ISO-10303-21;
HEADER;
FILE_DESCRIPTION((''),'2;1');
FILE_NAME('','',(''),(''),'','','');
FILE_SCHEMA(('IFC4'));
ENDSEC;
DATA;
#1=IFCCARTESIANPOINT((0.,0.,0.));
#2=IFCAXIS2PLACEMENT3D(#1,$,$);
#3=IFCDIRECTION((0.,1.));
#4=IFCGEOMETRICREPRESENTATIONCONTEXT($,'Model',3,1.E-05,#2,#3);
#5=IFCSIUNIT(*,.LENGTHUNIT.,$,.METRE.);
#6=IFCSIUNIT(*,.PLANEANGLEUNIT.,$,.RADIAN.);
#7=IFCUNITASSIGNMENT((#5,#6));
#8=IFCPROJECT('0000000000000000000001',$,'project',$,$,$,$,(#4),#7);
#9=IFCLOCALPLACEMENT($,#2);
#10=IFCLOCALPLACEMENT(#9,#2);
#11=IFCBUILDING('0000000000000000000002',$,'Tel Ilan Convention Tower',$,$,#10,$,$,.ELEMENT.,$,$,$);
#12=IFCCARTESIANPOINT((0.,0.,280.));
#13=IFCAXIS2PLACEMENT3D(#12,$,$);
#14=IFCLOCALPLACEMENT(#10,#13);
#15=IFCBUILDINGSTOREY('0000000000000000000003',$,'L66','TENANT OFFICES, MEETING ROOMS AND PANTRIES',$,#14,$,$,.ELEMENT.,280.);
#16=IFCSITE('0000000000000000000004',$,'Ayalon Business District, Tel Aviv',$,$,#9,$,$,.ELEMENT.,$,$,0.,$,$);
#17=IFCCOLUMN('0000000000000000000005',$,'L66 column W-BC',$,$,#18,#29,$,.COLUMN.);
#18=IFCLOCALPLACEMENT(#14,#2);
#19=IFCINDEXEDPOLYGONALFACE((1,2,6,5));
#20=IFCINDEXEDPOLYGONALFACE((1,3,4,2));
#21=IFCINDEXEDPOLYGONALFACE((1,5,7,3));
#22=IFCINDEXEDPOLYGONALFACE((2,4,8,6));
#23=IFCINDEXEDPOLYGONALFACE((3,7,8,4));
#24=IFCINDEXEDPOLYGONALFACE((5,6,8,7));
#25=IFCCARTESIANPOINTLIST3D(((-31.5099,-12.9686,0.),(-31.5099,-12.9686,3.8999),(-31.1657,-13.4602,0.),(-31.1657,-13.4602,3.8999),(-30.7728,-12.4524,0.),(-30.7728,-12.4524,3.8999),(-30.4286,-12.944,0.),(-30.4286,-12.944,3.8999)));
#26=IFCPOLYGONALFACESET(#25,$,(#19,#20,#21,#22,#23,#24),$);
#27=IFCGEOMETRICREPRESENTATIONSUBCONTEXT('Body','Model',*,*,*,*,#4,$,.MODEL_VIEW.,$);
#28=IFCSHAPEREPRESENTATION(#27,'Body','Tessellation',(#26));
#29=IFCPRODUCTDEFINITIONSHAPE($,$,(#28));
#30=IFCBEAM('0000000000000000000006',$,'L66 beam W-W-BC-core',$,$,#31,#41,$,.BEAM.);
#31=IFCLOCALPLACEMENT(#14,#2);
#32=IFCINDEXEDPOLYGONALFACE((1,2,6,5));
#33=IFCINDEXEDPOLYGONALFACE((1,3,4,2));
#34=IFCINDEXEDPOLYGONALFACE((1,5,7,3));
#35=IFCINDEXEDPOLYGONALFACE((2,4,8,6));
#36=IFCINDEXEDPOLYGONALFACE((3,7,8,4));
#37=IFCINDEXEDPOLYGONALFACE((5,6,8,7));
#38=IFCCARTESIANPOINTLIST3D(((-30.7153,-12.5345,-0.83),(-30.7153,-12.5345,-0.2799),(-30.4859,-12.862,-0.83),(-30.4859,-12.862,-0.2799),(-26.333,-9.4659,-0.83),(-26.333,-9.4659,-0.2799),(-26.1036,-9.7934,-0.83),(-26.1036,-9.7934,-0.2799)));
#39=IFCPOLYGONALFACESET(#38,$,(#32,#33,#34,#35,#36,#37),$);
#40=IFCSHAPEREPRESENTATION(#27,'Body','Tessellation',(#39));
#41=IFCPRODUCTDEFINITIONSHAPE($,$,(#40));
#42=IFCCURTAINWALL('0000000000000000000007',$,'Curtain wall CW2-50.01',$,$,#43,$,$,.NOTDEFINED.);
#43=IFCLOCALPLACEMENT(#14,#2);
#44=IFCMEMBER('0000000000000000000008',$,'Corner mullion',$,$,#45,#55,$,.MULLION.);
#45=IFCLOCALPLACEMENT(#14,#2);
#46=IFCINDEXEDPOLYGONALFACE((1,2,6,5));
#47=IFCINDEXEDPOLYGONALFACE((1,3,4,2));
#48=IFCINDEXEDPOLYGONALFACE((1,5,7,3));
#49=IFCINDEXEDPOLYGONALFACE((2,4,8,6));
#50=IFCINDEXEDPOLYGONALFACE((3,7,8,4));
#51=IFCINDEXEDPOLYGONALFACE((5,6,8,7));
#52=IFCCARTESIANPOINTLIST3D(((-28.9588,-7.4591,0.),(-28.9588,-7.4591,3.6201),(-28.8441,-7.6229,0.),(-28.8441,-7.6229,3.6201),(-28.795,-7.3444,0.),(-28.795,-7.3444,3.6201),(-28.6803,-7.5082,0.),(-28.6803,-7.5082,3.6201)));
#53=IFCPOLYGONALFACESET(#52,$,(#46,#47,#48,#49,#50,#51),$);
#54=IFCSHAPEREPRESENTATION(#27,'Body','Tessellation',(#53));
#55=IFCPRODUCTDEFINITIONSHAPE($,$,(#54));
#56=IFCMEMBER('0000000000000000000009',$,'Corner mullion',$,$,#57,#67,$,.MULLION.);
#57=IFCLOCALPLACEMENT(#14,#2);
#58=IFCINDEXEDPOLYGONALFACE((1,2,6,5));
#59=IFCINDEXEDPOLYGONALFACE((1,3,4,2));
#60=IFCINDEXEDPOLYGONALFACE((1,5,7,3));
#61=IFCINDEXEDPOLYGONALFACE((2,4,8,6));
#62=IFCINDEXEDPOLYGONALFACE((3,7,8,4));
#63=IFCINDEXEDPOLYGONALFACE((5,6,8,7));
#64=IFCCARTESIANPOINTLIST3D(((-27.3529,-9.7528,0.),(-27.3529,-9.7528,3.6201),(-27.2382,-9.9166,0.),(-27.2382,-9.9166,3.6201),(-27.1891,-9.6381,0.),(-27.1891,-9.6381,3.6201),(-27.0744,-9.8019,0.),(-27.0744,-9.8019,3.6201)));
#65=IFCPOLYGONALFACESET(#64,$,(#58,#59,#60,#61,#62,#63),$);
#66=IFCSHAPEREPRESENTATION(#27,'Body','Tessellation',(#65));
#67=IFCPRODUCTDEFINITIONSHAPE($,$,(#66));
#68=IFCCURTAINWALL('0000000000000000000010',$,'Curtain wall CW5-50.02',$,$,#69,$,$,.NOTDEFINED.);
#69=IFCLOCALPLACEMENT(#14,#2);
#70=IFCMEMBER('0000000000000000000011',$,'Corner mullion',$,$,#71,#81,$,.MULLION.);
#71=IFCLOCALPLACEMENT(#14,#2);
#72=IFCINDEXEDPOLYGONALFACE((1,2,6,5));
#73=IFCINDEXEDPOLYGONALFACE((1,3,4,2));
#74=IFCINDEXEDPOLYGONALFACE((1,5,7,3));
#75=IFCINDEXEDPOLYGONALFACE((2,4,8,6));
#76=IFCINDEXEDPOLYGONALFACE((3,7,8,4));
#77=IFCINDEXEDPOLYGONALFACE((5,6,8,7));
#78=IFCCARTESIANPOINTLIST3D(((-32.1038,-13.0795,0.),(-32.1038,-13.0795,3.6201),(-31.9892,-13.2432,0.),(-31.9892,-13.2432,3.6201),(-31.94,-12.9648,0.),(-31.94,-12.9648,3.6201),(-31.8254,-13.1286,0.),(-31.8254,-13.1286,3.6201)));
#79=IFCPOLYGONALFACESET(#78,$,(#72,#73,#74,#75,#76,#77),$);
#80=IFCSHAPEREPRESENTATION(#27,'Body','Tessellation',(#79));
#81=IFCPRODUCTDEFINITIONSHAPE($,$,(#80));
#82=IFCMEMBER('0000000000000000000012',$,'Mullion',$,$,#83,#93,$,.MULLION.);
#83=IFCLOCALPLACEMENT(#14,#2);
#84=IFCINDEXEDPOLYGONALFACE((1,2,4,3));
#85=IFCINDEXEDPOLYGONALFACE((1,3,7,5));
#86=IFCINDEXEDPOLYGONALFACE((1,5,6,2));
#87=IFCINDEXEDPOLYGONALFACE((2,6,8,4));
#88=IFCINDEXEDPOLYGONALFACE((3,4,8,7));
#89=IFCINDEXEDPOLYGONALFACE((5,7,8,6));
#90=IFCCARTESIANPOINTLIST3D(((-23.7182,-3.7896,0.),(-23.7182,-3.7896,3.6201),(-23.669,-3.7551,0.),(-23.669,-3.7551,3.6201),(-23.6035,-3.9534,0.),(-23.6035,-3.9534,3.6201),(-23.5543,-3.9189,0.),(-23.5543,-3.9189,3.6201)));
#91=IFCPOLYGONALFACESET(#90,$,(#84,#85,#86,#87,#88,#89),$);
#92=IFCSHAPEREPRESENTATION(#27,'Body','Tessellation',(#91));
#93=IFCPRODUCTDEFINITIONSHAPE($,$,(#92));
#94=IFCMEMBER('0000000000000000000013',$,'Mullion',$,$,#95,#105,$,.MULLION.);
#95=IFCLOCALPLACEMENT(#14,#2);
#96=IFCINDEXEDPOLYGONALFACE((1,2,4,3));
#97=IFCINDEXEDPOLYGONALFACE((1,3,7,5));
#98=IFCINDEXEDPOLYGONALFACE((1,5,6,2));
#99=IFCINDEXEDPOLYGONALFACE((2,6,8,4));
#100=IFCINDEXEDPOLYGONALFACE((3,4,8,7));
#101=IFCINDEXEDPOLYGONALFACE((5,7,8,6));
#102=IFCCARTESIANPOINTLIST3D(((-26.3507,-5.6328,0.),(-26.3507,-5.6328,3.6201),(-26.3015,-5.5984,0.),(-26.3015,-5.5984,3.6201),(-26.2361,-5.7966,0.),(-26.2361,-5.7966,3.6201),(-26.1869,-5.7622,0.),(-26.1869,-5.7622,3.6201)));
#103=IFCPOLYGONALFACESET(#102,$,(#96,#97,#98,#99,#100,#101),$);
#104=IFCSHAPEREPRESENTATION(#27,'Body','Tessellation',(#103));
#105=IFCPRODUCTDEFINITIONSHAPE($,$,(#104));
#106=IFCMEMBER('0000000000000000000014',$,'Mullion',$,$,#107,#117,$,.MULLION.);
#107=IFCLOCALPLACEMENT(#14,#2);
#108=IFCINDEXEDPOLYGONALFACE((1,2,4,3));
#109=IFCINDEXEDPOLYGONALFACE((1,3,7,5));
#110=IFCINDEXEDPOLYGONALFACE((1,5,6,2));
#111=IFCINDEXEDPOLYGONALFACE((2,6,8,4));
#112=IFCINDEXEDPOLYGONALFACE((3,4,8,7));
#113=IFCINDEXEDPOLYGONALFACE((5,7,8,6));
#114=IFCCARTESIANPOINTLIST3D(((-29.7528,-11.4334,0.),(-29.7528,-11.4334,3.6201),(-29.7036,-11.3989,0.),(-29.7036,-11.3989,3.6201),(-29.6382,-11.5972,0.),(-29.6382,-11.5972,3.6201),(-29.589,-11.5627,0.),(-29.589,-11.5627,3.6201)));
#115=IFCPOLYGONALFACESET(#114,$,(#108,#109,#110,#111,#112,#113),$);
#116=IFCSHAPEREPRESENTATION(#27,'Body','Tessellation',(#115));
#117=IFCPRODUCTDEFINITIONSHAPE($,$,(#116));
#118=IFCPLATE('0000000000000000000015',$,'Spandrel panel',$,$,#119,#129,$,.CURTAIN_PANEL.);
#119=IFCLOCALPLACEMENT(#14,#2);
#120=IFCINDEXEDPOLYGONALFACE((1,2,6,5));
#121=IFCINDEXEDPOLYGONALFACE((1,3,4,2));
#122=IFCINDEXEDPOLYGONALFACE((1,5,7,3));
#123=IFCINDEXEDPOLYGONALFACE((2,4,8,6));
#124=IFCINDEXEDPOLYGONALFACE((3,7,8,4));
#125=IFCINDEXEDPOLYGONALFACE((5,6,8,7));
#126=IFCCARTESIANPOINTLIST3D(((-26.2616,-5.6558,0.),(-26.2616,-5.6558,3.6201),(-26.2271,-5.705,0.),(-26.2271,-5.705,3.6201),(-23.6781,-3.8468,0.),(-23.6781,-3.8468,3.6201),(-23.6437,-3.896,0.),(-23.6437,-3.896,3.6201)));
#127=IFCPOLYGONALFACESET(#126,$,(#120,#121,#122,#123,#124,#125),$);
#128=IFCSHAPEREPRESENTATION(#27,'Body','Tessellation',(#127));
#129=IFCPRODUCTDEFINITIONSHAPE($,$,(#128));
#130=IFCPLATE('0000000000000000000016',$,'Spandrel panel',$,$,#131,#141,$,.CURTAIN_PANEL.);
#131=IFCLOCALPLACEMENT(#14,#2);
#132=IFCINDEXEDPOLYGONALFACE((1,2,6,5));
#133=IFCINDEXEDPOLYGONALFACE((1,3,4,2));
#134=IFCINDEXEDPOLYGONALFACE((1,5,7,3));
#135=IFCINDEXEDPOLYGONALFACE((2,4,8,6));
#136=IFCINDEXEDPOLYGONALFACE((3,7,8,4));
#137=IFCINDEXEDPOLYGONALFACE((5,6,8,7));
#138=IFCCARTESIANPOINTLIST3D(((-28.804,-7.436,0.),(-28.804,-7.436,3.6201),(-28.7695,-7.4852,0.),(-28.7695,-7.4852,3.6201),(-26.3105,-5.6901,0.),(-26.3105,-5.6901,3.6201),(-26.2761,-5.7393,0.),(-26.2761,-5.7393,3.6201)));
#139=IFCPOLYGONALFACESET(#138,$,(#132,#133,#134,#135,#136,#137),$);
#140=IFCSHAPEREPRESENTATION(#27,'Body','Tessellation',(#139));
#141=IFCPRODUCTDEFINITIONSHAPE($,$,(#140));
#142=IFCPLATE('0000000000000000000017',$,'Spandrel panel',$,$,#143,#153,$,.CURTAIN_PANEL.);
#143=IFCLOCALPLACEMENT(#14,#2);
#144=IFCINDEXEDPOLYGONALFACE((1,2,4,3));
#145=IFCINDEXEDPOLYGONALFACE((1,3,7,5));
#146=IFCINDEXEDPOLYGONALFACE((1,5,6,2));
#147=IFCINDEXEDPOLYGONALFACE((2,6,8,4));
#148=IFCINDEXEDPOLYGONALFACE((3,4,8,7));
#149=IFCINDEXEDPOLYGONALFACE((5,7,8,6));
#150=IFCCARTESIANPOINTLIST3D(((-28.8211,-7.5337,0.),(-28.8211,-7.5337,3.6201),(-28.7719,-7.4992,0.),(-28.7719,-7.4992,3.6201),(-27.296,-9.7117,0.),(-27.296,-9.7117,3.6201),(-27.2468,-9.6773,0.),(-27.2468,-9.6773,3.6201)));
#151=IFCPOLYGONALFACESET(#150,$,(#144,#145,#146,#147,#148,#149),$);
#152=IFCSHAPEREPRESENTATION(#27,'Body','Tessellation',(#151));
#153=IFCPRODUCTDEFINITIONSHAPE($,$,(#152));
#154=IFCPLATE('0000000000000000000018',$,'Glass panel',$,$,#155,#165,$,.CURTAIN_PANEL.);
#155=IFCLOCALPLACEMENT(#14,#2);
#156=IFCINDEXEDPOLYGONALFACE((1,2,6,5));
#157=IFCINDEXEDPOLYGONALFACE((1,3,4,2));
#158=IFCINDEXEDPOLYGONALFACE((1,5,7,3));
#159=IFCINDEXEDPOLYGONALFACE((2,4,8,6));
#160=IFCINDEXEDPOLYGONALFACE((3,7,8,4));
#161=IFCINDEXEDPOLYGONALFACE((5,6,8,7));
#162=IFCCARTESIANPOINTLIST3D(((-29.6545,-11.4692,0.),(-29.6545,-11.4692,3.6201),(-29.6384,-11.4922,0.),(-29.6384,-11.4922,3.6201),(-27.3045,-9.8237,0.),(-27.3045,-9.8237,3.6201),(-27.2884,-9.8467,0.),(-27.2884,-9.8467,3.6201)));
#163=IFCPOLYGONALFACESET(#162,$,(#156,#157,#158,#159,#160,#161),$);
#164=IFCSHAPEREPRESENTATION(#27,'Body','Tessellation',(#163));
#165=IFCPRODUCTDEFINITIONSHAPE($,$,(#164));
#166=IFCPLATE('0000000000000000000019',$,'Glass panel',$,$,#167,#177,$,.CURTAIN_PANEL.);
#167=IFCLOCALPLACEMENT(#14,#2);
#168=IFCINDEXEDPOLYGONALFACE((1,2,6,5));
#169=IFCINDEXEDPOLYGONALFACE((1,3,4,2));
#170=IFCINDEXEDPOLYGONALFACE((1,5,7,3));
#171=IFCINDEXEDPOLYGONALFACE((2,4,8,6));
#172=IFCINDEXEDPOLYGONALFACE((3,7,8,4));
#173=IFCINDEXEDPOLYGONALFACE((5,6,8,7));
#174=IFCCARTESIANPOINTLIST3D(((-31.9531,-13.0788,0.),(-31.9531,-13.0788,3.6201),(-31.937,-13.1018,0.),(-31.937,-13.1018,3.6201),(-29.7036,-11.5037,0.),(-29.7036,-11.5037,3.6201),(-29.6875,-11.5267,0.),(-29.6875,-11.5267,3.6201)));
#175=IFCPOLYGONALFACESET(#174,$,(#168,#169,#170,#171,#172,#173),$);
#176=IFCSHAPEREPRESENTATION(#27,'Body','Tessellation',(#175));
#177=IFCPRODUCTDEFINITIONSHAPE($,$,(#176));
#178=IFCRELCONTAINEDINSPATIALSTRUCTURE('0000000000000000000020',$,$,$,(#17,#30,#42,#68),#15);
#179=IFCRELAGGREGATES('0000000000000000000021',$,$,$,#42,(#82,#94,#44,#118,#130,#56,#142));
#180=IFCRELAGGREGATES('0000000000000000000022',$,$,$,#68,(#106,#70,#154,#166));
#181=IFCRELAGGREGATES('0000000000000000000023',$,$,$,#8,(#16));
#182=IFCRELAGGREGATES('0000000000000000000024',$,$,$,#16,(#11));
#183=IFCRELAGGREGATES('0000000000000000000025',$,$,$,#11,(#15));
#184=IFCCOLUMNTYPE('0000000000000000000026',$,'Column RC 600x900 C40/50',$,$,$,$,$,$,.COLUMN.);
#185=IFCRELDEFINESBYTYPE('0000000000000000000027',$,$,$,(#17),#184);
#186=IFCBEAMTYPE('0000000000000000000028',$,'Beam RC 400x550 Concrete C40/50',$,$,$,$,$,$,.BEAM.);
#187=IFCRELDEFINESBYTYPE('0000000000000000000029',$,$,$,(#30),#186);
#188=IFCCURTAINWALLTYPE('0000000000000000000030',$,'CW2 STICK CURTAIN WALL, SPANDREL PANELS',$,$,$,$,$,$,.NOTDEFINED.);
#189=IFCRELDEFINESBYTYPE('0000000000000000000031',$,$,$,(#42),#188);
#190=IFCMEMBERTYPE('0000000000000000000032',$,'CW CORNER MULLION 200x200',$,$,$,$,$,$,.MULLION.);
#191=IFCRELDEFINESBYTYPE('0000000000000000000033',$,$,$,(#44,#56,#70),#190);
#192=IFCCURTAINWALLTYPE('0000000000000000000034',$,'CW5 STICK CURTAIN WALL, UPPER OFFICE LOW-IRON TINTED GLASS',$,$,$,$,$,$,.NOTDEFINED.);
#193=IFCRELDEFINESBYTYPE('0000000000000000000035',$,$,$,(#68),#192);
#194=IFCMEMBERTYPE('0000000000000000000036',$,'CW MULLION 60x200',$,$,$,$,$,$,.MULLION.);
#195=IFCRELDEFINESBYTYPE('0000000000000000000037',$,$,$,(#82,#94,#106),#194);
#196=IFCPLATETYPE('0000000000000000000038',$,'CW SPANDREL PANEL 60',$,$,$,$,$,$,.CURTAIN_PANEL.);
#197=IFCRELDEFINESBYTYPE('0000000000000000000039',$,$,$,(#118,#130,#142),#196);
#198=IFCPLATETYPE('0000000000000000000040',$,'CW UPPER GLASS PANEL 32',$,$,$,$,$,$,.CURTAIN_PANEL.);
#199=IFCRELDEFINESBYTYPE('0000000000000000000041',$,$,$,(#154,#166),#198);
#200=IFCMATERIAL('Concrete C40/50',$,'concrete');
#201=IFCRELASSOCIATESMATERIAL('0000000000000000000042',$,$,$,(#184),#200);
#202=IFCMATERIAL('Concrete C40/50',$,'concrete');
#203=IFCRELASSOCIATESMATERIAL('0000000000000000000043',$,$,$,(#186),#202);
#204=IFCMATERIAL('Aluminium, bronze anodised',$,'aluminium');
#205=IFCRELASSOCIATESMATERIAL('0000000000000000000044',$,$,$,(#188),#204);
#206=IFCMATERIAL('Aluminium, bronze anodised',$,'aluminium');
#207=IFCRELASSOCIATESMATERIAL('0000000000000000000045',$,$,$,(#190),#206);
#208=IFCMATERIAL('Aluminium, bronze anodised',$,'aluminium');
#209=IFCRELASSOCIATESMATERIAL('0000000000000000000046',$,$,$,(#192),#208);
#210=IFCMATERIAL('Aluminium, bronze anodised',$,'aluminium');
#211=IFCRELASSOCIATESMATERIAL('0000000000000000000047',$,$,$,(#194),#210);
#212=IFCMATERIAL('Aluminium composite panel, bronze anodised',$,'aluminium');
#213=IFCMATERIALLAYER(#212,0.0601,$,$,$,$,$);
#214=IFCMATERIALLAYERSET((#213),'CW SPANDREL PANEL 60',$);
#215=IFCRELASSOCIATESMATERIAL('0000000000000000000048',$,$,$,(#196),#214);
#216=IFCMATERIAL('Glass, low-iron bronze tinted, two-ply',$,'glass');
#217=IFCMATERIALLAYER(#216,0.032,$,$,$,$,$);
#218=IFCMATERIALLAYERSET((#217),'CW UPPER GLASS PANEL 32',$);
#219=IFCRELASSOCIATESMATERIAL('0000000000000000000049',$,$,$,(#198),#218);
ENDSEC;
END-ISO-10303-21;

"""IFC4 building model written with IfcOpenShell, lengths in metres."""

from ifc_helpers import new_model, si_unit, direction, frame, origin, origin_2d, place, context, subcontext, project, spatial, rectangle, extrude, material, layer, layer_set, material_profile, profile_set, type_object, element, aggregate, save


model = new_model("IFC4")

# Units and contexts
model_context = context("Model", 3, precision=1e-05, world=origin(), true_north=direction((0.0, 1.0)))
body_context = subcontext(model_context, "Body", "Model", "MODEL_VIEW")
ifc_project = project(units=[si_unit("LENGTHUNIT", "METRE"), si_unit("PLANEANGLEUNIT", "RADIAN")], contexts=[model_context])

# Site, building, storey
site_placement = place(None, origin())
site = spatial("IfcSite", under=ifc_project, at=site_placement, Name="Ayalon Business District, Tel Aviv", CompositionType="ELEMENT", RefElevation=0.0)
building_placement = place(site_placement, origin())
building = spatial("IfcBuilding", under=site, at=building_placement, Name="Tel Ilan Convention Tower", CompositionType="ELEMENT")
storey_placement = place(building_placement, frame((0.0, 0.0, 280.0)))
storey = spatial("IfcBuildingStorey", under=building, at=storey_placement, Name="L66", Description="TENANT OFFICES, MEETING ROOMS AND PANTRIES", CompositionType="ELEMENT", Elevation=280.0)

# Column
ifc_material_1 = material(Name="Concrete C40/50", Category="concrete")
ifc_material_profile_1 = material_profile(ifc_material_1, rectangle(XDim=0.8999, YDim=0.6001, at=origin_2d()), Name="RC 600x900")
ifc_profile_set_1 = profile_set([ifc_material_profile_1], Name="Concrete C40/50")
column_type = type_object("IfcColumnType", Name="Column RC 600x900 C40/50", PredefinedType="COLUMN", material=ifc_profile_set_1)
column_placement = place(storey_placement, frame((-30.9692, -12.9563, 0.0), z_axis=(0.0, 0.0, 1.0), x_axis=(-0.819152, -0.573576, 0.0)))
element("IfcColumn", 1, at=column_placement, inside=storey, type_object=column_type, Name="L66 column W-BC", PredefinedType="COLUMN", context=body_context, shape_type="SweptSolid", body=[
    extrude(rectangle(XDim=0.8999, YDim=0.6001, at=origin_2d()), origin(), (0.0, 0.0, 1.0), 3.8999),
])

# Beam
ifc_material_2 = material(Name="Concrete C40/50", Category="concrete")
ifc_material_profile_2 = material_profile(ifc_material_2, rectangle(XDim=0.3999, YDim=0.55, at=origin_2d()), Name="RC 400x550")
ifc_profile_set_2 = profile_set([ifc_material_profile_2], Name="Concrete C40/50")
beam_type = type_object("IfcBeamType", Name="Beam RC 400x550 Concrete C40/50", PredefinedType="BEAM", material=ifc_profile_set_2)
beam_placement = place(storey_placement, frame((-30.6006, -12.6982, -0.5549), z_axis=(0.819146, 0.573585, 0.0), x_axis=(-0.573585, 0.819146, 0.0)))
element("IfcBeam", 2, at=beam_placement, inside=storey, type_object=beam_type, Name="L66 beam W-W-BC-core", PredefinedType="BEAM", context=body_context, shape_type="SweptSolid", body=[
    extrude(rectangle(XDim=0.3999, YDim=0.55, at=origin_2d()), origin(), (0.0, 0.0, 1.0), 5.3499),
])

# Curtain wall, members
ifc_material_3 = material(Name="Aluminium, bronze anodised", Category="aluminium")
curtain_wall_type_1 = type_object("IfcCurtainWallType", Name="CW2 STICK CURTAIN WALL, SPANDREL PANELS", PredefinedType="NOTDEFINED", material=ifc_material_3)
curtain_wall_1_placement = place(storey_placement, origin())
curtain_wall_1 = element("IfcCurtainWall", 3, at=curtain_wall_1_placement, inside=storey, type_object=curtain_wall_type_1, Name="Curtain wall CW2-50.01", PredefinedType="NOTDEFINED")
ifc_material_4 = material(Name="Aluminium, bronze anodised", Category="aluminium")
ifc_material_profile_3 = material_profile(ifc_material_4, rectangle(XDim=0.2, YDim=0.2, at=origin_2d()), Name="CW CORNER MULLION 200x200")
ifc_profile_set_3 = profile_set([ifc_material_profile_3], Name="Aluminium, bronze anodised")
member_type_1 = type_object("IfcMemberType", Name="CW CORNER MULLION 200x200", PredefinedType="MULLION", material=ifc_profile_set_3)
member_1_placement = place(storey_placement, frame((-28.8196, -7.4836, 0.0), z_axis=(0.0, 0.0, 1.0), x_axis=(-0.819152, -0.573576, 0.0)))
member_1 = element("IfcMember", 4, at=member_1_placement, type_object=member_type_1, Name="Corner mullion", PredefinedType="MULLION", context=body_context, shape_type="SweptSolid", body=[
    extrude(rectangle(XDim=0.2, YDim=0.2, at=origin_2d()), origin(), (0.0, 0.0, 1.0), 3.6201),
])
member_2_placement = place(storey_placement, frame((-27.2136, -9.7773, 0.0), z_axis=(0.0, 0.0, 1.0), x_axis=(0.573576, -0.819152, 0.0)))
member_2 = element("IfcMember", 5, at=member_2_placement, type_object=member_type_1, Name="Corner mullion", PredefinedType="MULLION", context=body_context, shape_type="SweptSolid", body=[
    extrude(rectangle(XDim=0.2, YDim=0.2, at=origin_2d()), origin(), (0.0, 0.0, 1.0), 3.6201),
])

# Curtain wall, member
ifc_material_5 = material(Name="Aluminium, bronze anodised", Category="aluminium")
curtain_wall_type_2 = type_object("IfcCurtainWallType", Name="CW5 STICK CURTAIN WALL, UPPER OFFICE LOW-IRON TINTED GLASS", PredefinedType="NOTDEFINED", material=ifc_material_5)
curtain_wall_2_placement = place(storey_placement, origin())
curtain_wall_2 = element("IfcCurtainWall", 6, at=curtain_wall_2_placement, inside=storey, type_object=curtain_wall_type_2, Name="Curtain wall CW5-50.02", PredefinedType="NOTDEFINED")
member_3_placement = place(storey_placement, frame((-31.9646, -13.104, 0.0), z_axis=(0.0, 0.0, 1.0), x_axis=(-0.819152, -0.573576, 0.0)))
member_3 = element("IfcMember", 7, at=member_3_placement, type_object=member_type_1, Name="Corner mullion", PredefinedType="MULLION", context=body_context, shape_type="SweptSolid", body=[
    extrude(rectangle(XDim=0.2, YDim=0.2, at=origin_2d()), origin(), (0.0, 0.0, 1.0), 3.6201),
])

# Members
ifc_material_6 = material(Name="Aluminium, bronze anodised", Category="aluminium")
ifc_material_profile_4 = material_profile(ifc_material_6, rectangle(XDim=0.0601, YDim=0.2, at=origin_2d()), Name="CW MULLION 60x200")
ifc_profile_set_4 = profile_set([ifc_material_profile_4], Name="Aluminium, bronze anodised")
member_type_2 = type_object("IfcMemberType", Name="CW MULLION 60x200", PredefinedType="MULLION", material=ifc_profile_set_4)
member_4_placement = place(storey_placement, frame((-23.6362, -3.8542, 0.0), z_axis=(0.0, 0.0, 1.0), x_axis=(-0.819152, -0.573576, 0.0)))
member_4 = element("IfcMember", 8, at=member_4_placement, type_object=member_type_2, Name="Mullion", PredefinedType="MULLION", context=body_context, shape_type="SweptSolid", body=[
    extrude(rectangle(XDim=0.0601, YDim=0.2, at=origin_2d()), origin(), (0.0, 0.0, 1.0), 3.6201),
])
member_5_placement = place(storey_placement, frame((-26.2688, -5.6975, 0.0), z_axis=(0.0, 0.0, 1.0), x_axis=(-0.819152, -0.573576, 0.0)))
member_5 = element("IfcMember", 9, at=member_5_placement, type_object=member_type_2, Name="Mullion", PredefinedType="MULLION", context=body_context, shape_type="SweptSolid", body=[
    extrude(rectangle(XDim=0.0601, YDim=0.2, at=origin_2d()), origin(), (0.0, 0.0, 1.0), 3.6201),
])
member_6_placement = place(storey_placement, frame((-29.6709, -11.498, 0.0), z_axis=(0.0, 0.0, 1.0), x_axis=(-0.819152, -0.573576, 0.0)))
member_6 = element("IfcMember", 10, at=member_6_placement, type_object=member_type_2, Name="Mullion", PredefinedType="MULLION", context=body_context, shape_type="SweptSolid", body=[
    extrude(rectangle(XDim=0.0601, YDim=0.2, at=origin_2d()), origin(), (0.0, 0.0, 1.0), 3.6201),
])

# Plates
ifc_material_7 = material(Name="Aluminium composite panel, bronze anodised", Category="aluminium")
ifc_layer_1 = layer(ifc_material_7, 0.0601)
ifc_layer_set_1 = layer_set([ifc_layer_1], Name="CW SPANDREL PANEL 60")
plate_type_1 = type_object("IfcPlateType", Name="CW SPANDREL PANEL 60", PredefinedType="CURTAIN_PANEL", material=ifc_layer_set_1)
plate_1_placement = place(storey_placement, frame((-24.9526, -4.7759, 0.0), z_axis=(0.0, 0.0, 1.0), x_axis=(-0.819152, -0.573576, 0.0)))
plate_1 = element("IfcPlate", 11, at=plate_1_placement, type_object=plate_type_1, Name="Spandrel panel", PredefinedType="CURTAIN_PANEL", context=body_context, shape_type="SweptSolid", body=[
    extrude(rectangle(XDim=3.1538, YDim=0.0601, at=origin_2d()), origin(), (0.0, 0.0, 1.0), 3.6201),
])
plate_2_placement = place(storey_placement, frame((-27.54, -6.5876, 0.0), z_axis=(0.0, 0.0, 1.0), x_axis=(-0.819152, -0.573576, 0.0)))
plate_2 = element("IfcPlate", 12, at=plate_2_placement, type_object=plate_type_1, Name="Spandrel panel", PredefinedType="CURTAIN_PANEL", context=body_context, shape_type="SweptSolid", body=[
    extrude(rectangle(XDim=3.0439, YDim=0.0601, at=origin_2d()), origin(), (0.0, 0.0, 1.0), 3.6201),
])
plate_3_placement = place(storey_placement, frame((-28.0339, -8.6055, 0.0), z_axis=(0.0, 0.0, 1.0), x_axis=(0.573576, -0.819152, 0.0)))
plate_3 = element("IfcPlate", 13, at=plate_3_placement, type_object=plate_type_1, Name="Spandrel panel", PredefinedType="CURTAIN_PANEL", context=body_context, shape_type="SweptSolid", body=[
    extrude(rectangle(XDim=2.6589, YDim=0.0601, at=origin_2d()), origin(), (0.0, 0.0, 1.0), 3.6201),
])
aggregate(curtain_wall_1, [member_4, member_5, member_1, plate_1, plate_2, member_2, plate_3])
ifc_material_8 = material(Name="Glass, low-iron bronze tinted, two-ply", Category="glass")
ifc_layer_2 = layer(ifc_material_8, 0.032)
ifc_layer_set_2 = layer_set([ifc_layer_2], Name="CW UPPER GLASS PANEL 32")
plate_type_2 = type_object("IfcPlateType", Name="CW UPPER GLASS PANEL 32", PredefinedType="CURTAIN_PANEL", material=ifc_layer_set_2)
plate_4_placement = place(storey_placement, frame((-28.4714, -10.658, 0.0), z_axis=(0.0, 0.0, 1.0), x_axis=(-0.819152, -0.573576, 0.0)))
plate_4 = element("IfcPlate", 14, at=plate_4_placement, type_object=plate_type_2, Name="Glass panel", PredefinedType="CURTAIN_PANEL", context=body_context, shape_type="SweptSolid", body=[
    extrude(rectangle(XDim=2.8689, YDim=0.0281, at=origin_2d()), origin(), (0.0, 0.0, 1.0), 3.6201),
])
plate_5_placement = place(storey_placement, frame((-30.8203, -12.3027, 0.0), z_axis=(0.0, 0.0, 1.0), x_axis=(-0.819152, -0.573576, 0.0)))
plate_5 = element("IfcPlate", 15, at=plate_5_placement, type_object=plate_type_2, Name="Glass panel", PredefinedType="CURTAIN_PANEL", context=body_context, shape_type="SweptSolid", body=[
    extrude(rectangle(XDim=2.7461, YDim=0.0281, at=origin_2d()), origin(), (0.0, 0.0, 1.0), 3.6201),
])
aggregate(curtain_wall_2, [member_6, member_3, plate_4, plate_5])

save(model, "model.ifc")
